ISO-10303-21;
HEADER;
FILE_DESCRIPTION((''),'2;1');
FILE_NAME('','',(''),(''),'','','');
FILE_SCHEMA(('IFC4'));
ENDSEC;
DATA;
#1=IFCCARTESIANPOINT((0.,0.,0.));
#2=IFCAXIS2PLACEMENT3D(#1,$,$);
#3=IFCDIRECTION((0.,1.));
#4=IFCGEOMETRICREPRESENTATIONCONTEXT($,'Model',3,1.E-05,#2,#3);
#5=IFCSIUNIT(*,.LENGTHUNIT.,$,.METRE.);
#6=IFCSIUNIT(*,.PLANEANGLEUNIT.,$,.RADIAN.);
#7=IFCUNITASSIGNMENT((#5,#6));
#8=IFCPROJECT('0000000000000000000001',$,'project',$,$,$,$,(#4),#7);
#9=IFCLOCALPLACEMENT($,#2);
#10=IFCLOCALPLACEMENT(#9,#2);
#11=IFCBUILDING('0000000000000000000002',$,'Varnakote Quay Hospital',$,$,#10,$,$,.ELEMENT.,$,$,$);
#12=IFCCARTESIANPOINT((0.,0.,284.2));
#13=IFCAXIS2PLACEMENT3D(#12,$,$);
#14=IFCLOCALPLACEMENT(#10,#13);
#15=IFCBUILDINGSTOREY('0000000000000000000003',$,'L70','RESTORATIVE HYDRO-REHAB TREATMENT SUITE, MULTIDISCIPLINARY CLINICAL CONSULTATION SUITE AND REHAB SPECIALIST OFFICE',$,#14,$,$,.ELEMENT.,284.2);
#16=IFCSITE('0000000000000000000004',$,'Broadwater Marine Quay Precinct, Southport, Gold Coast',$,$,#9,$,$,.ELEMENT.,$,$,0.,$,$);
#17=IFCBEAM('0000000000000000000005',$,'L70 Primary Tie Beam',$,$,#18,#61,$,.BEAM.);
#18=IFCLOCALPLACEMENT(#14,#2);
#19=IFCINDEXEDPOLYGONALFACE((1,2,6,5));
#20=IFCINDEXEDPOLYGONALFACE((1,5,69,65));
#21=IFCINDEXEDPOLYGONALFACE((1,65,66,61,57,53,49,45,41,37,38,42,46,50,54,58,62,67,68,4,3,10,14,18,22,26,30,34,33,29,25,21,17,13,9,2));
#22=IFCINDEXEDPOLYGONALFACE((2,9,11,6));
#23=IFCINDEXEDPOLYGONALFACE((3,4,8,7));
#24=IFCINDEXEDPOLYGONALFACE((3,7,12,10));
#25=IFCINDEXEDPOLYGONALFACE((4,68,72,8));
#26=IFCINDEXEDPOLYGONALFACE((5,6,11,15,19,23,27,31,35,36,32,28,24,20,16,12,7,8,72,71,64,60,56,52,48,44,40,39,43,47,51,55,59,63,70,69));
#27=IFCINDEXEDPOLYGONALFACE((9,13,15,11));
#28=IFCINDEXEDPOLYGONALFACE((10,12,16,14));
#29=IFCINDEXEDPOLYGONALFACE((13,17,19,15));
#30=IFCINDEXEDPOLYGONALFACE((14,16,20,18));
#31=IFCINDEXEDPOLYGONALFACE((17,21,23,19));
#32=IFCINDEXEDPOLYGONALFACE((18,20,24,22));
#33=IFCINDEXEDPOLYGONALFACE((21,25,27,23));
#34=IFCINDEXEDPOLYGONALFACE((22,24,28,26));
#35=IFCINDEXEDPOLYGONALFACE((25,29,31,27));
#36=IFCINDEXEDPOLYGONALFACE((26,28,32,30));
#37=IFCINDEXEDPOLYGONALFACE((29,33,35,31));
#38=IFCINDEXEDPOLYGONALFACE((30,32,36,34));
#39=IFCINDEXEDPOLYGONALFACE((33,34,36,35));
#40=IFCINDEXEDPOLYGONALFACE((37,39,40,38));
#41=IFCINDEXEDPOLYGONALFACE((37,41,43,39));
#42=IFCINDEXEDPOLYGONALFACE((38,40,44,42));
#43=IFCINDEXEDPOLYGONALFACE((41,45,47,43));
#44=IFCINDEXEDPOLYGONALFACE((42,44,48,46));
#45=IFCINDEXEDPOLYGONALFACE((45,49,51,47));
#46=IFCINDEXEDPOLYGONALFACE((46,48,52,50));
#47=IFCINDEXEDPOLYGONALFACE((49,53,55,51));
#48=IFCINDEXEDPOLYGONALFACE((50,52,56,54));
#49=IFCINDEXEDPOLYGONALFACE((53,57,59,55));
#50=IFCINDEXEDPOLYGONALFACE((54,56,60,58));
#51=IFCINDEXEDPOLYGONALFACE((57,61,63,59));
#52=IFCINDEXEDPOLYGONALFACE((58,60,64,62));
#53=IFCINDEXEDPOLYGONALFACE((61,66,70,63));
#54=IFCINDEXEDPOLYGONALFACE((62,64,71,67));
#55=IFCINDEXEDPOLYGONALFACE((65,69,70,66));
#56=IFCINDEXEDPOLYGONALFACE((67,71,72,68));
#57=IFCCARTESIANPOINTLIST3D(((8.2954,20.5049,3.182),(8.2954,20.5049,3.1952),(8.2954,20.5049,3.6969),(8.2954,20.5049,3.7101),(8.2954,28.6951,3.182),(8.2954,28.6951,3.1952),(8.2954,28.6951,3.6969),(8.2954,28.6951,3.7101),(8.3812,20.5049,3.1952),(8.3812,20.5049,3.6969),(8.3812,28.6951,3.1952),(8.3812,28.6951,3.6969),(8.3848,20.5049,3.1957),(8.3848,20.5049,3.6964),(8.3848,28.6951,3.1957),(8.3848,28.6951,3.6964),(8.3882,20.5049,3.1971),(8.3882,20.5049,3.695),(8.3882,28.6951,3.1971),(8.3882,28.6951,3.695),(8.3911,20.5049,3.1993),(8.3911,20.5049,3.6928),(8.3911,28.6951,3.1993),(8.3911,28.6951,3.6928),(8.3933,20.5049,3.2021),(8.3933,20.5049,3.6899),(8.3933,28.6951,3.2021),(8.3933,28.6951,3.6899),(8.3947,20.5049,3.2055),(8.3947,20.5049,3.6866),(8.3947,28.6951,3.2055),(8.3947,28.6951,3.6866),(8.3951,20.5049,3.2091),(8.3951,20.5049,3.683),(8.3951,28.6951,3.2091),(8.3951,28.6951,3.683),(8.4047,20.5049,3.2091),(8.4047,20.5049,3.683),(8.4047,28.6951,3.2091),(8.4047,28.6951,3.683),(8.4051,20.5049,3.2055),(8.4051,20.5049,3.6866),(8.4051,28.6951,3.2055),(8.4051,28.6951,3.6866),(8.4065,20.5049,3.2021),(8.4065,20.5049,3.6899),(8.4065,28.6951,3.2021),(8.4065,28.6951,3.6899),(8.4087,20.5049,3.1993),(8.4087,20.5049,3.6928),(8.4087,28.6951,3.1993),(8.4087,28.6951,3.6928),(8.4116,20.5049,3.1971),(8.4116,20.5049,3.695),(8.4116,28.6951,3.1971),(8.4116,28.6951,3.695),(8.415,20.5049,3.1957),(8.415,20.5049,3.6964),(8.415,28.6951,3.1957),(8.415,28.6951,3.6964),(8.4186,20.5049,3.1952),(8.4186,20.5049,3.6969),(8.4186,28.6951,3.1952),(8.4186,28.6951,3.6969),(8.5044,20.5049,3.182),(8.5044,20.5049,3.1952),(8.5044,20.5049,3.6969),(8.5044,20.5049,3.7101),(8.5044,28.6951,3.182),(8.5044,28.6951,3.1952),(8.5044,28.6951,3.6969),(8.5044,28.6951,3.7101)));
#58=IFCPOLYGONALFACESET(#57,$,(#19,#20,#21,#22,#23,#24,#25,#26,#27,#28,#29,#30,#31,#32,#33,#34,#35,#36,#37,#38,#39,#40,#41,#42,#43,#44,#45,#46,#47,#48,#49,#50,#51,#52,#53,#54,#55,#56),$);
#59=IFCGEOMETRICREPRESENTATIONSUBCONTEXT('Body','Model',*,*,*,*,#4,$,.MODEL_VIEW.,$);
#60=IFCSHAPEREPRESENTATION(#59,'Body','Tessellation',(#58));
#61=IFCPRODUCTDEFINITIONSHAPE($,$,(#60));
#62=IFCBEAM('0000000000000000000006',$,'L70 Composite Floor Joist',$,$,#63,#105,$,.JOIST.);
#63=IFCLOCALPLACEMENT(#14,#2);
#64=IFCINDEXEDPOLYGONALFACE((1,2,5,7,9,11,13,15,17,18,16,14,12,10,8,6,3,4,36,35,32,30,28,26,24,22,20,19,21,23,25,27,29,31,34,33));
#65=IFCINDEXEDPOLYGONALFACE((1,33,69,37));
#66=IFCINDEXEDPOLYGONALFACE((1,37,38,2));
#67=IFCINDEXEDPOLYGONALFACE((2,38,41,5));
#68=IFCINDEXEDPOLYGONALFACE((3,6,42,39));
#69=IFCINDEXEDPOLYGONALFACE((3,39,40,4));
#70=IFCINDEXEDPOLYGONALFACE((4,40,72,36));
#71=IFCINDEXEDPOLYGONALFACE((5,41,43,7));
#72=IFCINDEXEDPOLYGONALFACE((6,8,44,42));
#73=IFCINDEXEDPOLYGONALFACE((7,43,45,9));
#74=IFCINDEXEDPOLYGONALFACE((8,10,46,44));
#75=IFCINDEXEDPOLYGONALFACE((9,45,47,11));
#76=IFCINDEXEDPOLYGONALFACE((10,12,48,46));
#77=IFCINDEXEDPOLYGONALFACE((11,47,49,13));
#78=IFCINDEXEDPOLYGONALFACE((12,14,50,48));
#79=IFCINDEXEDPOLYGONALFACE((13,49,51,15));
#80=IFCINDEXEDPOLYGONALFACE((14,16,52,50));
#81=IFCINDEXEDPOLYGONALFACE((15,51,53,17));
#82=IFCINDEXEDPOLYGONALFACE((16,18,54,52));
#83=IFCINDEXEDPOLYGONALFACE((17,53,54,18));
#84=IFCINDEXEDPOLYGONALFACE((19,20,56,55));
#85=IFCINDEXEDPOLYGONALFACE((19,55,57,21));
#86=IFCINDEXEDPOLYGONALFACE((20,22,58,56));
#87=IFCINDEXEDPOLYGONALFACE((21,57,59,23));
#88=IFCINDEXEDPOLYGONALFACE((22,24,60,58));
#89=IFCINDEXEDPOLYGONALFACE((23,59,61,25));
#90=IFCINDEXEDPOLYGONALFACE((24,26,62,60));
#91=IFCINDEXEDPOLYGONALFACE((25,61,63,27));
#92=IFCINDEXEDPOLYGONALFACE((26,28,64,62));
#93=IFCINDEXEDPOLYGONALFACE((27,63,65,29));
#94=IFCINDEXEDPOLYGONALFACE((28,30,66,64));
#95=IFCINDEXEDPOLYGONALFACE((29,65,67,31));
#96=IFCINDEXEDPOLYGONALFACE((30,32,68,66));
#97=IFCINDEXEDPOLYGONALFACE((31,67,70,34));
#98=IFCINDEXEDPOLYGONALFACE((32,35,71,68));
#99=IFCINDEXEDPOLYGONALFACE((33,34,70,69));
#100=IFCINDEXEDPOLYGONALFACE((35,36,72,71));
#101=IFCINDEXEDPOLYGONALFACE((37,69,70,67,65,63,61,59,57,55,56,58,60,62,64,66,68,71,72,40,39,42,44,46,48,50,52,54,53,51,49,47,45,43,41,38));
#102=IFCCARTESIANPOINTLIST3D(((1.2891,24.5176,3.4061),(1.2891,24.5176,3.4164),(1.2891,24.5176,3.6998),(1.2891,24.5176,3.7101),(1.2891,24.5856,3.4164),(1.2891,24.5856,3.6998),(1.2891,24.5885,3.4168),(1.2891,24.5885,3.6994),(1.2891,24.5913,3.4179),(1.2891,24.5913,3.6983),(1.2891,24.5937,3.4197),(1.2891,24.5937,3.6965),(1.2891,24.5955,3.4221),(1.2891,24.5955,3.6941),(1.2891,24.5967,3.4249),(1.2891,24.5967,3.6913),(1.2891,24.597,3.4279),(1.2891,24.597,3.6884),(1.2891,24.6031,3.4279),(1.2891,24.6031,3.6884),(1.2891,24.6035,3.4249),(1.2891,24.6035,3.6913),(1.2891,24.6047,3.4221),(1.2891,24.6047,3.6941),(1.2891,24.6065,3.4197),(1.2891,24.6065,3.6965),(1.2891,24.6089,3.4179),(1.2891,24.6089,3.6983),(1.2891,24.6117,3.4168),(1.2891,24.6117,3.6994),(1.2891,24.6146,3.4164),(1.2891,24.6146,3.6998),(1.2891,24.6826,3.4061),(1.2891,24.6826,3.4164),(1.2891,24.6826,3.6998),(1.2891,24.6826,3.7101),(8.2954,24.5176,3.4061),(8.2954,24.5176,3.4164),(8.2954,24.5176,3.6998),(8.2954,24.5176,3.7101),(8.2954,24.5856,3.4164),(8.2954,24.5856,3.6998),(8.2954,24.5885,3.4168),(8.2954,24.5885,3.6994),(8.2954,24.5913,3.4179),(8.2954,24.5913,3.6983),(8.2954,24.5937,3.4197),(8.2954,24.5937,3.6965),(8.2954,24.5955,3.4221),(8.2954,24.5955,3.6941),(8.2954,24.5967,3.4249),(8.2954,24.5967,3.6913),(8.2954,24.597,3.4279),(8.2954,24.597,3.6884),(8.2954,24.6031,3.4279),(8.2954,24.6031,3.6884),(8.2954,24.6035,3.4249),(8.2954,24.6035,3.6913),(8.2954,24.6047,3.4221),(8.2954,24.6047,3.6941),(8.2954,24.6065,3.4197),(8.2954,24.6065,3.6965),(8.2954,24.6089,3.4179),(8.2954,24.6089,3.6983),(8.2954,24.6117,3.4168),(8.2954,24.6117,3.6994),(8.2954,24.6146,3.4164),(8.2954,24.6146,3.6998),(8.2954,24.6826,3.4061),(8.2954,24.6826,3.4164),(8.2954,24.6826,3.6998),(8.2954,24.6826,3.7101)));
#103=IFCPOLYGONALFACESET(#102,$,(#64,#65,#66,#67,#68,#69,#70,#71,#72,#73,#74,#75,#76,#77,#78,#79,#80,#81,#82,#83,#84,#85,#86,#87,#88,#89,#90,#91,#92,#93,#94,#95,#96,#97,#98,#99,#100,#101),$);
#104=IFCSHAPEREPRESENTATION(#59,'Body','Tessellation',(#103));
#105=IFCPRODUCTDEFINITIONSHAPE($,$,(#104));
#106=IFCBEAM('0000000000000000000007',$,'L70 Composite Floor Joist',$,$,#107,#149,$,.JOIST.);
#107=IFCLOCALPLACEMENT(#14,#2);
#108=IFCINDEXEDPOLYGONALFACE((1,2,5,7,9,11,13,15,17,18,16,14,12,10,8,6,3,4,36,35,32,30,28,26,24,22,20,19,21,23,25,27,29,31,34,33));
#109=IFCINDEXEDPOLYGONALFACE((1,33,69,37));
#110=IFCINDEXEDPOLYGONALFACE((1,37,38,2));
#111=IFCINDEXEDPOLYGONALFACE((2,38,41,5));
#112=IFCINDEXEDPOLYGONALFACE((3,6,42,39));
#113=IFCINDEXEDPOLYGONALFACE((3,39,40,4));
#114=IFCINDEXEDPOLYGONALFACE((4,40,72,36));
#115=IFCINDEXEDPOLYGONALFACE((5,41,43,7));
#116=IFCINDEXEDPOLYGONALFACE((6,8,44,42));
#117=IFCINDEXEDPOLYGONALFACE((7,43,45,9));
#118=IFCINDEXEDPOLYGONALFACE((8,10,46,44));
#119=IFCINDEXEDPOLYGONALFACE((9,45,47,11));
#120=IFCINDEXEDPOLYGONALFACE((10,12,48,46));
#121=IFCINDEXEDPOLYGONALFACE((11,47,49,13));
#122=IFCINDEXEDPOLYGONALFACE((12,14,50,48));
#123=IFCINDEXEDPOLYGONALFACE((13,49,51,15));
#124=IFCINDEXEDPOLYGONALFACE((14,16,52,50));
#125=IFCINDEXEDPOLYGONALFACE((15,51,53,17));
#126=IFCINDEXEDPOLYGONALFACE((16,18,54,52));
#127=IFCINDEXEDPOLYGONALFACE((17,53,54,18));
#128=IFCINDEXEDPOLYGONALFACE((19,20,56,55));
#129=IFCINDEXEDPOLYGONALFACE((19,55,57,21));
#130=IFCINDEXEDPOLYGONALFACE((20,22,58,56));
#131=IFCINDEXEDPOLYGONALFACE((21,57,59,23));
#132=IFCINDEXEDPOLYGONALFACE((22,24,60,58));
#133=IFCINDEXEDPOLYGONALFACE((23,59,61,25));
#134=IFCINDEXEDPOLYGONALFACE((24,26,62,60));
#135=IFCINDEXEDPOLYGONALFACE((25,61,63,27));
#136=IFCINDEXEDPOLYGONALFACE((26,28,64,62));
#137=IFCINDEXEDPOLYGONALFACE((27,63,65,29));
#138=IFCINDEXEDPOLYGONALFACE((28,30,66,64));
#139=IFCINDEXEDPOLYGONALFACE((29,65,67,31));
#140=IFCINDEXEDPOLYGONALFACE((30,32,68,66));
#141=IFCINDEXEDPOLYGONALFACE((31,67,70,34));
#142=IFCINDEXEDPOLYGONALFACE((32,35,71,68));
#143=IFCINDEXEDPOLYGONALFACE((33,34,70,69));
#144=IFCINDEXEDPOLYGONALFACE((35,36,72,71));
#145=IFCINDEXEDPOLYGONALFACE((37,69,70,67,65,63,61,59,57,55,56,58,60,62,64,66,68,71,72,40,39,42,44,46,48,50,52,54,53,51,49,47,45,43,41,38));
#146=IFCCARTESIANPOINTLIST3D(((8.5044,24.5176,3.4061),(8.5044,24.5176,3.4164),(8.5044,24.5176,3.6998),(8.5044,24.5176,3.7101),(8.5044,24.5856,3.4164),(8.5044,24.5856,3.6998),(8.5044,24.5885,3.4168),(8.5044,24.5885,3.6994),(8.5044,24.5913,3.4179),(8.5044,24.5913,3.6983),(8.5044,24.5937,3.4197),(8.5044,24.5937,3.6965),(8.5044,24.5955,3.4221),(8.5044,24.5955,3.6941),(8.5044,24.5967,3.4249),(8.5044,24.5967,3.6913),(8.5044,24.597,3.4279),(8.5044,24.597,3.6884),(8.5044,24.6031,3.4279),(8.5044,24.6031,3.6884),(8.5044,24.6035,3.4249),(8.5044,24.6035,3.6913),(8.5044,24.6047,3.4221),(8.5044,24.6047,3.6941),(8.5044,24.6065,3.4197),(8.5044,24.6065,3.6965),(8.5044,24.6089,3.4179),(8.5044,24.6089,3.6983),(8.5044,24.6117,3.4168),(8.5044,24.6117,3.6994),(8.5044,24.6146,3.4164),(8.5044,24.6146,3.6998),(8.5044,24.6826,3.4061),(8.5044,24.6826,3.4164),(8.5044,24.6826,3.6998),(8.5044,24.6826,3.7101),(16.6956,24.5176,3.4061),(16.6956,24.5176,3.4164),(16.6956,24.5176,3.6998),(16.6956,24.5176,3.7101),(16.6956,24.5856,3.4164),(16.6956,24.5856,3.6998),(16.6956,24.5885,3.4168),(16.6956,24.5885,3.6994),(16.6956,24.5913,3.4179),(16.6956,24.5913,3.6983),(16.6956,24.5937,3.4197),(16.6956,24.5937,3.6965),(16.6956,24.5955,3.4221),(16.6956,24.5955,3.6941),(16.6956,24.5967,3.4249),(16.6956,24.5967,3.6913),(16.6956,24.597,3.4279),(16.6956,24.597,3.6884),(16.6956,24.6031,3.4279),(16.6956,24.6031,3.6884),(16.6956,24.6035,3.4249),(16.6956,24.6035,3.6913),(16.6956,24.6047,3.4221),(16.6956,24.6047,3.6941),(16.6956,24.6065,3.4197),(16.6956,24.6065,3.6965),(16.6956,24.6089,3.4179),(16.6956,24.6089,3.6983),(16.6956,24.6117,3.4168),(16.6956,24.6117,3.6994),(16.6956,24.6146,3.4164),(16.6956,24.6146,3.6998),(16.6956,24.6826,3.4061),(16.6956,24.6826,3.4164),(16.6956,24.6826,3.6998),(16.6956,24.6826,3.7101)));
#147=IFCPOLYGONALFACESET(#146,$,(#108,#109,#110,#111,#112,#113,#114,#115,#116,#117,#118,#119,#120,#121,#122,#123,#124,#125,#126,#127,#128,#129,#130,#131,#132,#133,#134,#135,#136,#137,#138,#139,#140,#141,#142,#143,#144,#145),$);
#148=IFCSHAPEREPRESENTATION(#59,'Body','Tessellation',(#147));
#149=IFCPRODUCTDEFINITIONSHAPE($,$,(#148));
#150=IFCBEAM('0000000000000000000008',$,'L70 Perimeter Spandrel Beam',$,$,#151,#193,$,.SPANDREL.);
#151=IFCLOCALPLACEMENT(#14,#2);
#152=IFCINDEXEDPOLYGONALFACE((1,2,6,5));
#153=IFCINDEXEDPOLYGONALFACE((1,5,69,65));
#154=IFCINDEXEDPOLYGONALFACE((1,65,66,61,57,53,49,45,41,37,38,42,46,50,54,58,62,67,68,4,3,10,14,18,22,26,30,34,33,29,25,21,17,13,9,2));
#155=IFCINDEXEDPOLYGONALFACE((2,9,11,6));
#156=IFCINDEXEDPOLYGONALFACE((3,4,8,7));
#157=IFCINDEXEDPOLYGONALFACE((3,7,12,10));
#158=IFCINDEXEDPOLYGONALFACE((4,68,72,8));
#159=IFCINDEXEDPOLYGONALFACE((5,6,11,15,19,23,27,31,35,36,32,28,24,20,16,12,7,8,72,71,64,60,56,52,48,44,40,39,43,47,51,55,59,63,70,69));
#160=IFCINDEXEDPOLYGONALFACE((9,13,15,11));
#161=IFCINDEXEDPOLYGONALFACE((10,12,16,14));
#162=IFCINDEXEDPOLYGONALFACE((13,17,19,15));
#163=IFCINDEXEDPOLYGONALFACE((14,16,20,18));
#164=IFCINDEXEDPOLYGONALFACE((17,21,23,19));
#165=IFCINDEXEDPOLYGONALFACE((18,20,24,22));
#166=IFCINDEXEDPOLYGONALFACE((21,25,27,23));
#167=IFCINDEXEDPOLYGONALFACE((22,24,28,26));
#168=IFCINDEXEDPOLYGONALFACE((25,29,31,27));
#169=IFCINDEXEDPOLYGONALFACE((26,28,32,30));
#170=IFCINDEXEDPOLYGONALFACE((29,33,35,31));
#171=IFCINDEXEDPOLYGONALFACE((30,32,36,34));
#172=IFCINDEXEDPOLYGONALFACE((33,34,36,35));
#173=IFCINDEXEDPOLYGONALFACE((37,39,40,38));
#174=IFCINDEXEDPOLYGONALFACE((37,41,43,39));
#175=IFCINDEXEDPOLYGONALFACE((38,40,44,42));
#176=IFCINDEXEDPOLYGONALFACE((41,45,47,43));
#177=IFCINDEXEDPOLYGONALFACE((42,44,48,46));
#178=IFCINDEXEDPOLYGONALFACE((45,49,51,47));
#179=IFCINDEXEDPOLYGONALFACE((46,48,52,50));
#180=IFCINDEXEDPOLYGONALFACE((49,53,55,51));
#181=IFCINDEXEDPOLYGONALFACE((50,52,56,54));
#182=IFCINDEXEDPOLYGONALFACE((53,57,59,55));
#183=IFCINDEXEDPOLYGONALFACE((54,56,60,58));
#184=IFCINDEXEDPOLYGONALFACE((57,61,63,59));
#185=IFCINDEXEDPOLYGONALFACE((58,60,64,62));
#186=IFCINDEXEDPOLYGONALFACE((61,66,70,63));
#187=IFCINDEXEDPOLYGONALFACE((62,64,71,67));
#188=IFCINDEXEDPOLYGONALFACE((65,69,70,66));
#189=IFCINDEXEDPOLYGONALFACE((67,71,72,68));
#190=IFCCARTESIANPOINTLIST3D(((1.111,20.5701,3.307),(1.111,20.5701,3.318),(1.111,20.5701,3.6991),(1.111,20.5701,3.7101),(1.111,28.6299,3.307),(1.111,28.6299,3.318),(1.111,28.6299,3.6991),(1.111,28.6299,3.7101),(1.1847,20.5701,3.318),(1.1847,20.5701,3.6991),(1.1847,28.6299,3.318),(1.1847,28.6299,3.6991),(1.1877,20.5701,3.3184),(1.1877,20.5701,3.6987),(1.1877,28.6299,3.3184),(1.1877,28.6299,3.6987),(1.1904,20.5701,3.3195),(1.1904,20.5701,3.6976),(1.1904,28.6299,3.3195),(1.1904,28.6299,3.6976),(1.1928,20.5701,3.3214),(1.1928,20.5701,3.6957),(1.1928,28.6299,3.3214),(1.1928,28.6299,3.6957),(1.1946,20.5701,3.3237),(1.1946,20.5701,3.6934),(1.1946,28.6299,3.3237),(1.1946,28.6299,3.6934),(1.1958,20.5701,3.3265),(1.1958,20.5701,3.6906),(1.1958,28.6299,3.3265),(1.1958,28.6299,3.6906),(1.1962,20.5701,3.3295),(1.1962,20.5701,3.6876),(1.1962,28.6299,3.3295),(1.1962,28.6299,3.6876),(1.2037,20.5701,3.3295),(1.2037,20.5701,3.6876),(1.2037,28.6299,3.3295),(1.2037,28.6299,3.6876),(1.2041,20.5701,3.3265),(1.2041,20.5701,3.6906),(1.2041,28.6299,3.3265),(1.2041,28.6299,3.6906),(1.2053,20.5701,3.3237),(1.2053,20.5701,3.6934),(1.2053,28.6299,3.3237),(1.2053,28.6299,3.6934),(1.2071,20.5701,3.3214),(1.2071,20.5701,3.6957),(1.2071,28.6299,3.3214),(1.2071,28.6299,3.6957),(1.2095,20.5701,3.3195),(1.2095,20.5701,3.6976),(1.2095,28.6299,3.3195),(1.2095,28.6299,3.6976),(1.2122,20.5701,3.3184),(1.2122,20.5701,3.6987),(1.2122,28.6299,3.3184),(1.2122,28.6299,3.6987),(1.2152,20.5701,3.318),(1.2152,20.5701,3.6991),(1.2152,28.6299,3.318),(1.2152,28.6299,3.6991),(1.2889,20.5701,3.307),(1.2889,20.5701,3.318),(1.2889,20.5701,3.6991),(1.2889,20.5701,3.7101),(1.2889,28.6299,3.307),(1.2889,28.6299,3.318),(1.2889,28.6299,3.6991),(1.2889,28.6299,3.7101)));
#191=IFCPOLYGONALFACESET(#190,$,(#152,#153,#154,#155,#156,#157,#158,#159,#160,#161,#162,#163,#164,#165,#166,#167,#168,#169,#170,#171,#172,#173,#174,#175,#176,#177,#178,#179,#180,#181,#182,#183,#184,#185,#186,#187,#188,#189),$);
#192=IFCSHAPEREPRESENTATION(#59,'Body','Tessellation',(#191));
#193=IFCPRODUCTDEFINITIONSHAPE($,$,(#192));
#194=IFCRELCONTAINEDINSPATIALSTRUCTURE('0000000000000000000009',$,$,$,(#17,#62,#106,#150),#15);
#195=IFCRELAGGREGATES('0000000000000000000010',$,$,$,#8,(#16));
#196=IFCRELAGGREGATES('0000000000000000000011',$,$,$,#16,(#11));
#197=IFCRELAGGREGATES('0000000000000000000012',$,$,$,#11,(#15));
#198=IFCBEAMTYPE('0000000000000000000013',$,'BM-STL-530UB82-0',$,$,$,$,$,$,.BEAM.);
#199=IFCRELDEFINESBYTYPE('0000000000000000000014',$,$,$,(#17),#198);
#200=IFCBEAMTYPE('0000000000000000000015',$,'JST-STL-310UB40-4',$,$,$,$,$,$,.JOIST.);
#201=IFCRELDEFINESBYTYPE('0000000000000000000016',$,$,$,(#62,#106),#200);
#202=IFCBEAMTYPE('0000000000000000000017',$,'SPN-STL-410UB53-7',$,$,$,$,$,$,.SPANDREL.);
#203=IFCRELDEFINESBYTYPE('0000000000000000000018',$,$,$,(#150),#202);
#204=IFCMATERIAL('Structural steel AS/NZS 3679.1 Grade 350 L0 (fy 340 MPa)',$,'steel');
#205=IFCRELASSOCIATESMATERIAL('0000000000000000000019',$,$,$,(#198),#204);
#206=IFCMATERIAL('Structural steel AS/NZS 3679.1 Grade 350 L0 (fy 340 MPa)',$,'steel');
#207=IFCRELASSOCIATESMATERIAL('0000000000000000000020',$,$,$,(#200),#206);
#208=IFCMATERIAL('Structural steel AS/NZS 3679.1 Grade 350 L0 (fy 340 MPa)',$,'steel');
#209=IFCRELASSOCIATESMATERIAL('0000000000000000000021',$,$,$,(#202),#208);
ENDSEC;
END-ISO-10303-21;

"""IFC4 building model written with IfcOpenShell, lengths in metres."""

from ifc_helpers import new_model, si_unit, direction, frame, origin, origin_2d, place, context, subcontext, project, spatial, i_section, extrude, material, material_profile, profile_set, type_object, element, save


model = new_model("IFC4")

# Units and contexts
model_context = context("Model", 3, precision=1e-05, world=origin(), true_north=direction((0.0, 1.0)))
body_context = subcontext(model_context, "Body", "Model", "MODEL_VIEW")
ifc_project = project(units=[si_unit("LENGTHUNIT", "METRE"), si_unit("PLANEANGLEUNIT", "RADIAN")], contexts=[model_context])

# Site, building, storey
site_placement = place(None, origin())
site = spatial("IfcSite", under=ifc_project, at=site_placement, Name="Broadwater Marine Quay Precinct, Southport, Gold Coast", CompositionType="ELEMENT", RefElevation=0.0)
building_placement = place(site_placement, origin())
building = spatial("IfcBuilding", under=site, at=building_placement, Name="Varnakote Quay Hospital", CompositionType="ELEMENT")
storey_placement = place(building_placement, frame((0.0, 0.0, 284.2)))
storey = spatial("IfcBuildingStorey", under=building, at=storey_placement, Name="L70", Description="RESTORATIVE HYDRO-REHAB TREATMENT SUITE, MULTIDISCIPLINARY CLINICAL CONSULTATION SUITE AND REHAB SPECIALIST OFFICE", CompositionType="ELEMENT", Elevation=284.2)

# Beams
ifc_material_1 = material(Name="Structural steel AS/NZS 3679.1 Grade 350 L0 (fy 340 MPa)", Category="steel")
ifc_material_profile_1 = material_profile(ifc_material_1, i_section(OverallWidth=0.209, OverallDepth=0.5281, WebThickness=0.0095, FlangeThickness=0.0132, FilletRadius=0.0139, at=origin_2d()), Name="530UB82.0")
ifc_profile_set_1 = profile_set([ifc_material_profile_1], Name="Structural steel AS/NZS 3679.1 Grade 350 L0 (fy 340 MPa)")
beam_type_1 = type_object("IfcBeamType", Name="BM-STL-530UB82-0", PredefinedType="BEAM", material=ifc_profile_set_1)
beam_1_placement = place(storey_placement, frame((8.3999, 20.5049, 3.446), z_axis=(0.0, 1.0, 0.0), x_axis=(-1.0, 0.0, 0.0)))
element("IfcBeam", 1, at=beam_1_placement, inside=storey, type_object=beam_type_1, Name="L70 Primary Tie Beam", PredefinedType="BEAM", context=body_context, shape_type="SweptSolid", body=[
    extrude(i_section(OverallWidth=0.209, OverallDepth=0.5281, WebThickness=0.0095, FlangeThickness=0.0132, FilletRadius=0.0139, at=origin_2d()), origin(), (0.0, 0.0, 1.0), 8.1902),
])
ifc_material_2 = material(Name="Structural steel AS/NZS 3679.1 Grade 350 L0 (fy 340 MPa)", Category="steel")
ifc_material_profile_2 = material_profile(ifc_material_2, i_section(OverallWidth=0.165, OverallDepth=0.304, WebThickness=0.0061, FlangeThickness=0.0103, FilletRadius=0.0115, at=origin_2d()), Name="310UB40.4")
ifc_profile_set_2 = profile_set([ifc_material_profile_2], Name="Structural steel AS/NZS 3679.1 Grade 350 L0 (fy 340 MPa)")
beam_type_2 = type_object("IfcBeamType", Name="JST-STL-310UB40-4", PredefinedType="JOIST", material=ifc_profile_set_2)
beam_2_placement = place(storey_placement, frame((1.2891, 24.6001, 3.5581), z_axis=(1.0, 0.0, 0.0), x_axis=(0.0, 1.0, 0.0)))
element("IfcBeam", 2, at=beam_2_placement, inside=storey, type_object=beam_type_2, Name="L70 Composite Floor Joist", PredefinedType="JOIST", context=body_context, shape_type="SweptSolid", body=[
    extrude(i_section(OverallWidth=0.165, OverallDepth=0.304, WebThickness=0.0061, FlangeThickness=0.0103, FilletRadius=0.0115, at=origin_2d()), origin(), (0.0, 0.0, 1.0), 7.0063),
])
beam_3_placement = place(storey_placement, frame((8.5044, 24.6001, 3.5581), z_axis=(1.0, 0.0, 0.0), x_axis=(0.0, 1.0, 0.0)))
element("IfcBeam", 3, at=beam_3_placement, inside=storey, type_object=beam_type_2, Name="L70 Composite Floor Joist", PredefinedType="JOIST", context=body_context, shape_type="SweptSolid", body=[
    extrude(i_section(OverallWidth=0.165, OverallDepth=0.304, WebThickness=0.0061, FlangeThickness=0.0103, FilletRadius=0.0115, at=origin_2d()), origin(), (0.0, 0.0, 1.0), 8.1912),
])
ifc_material_3 = material(Name="Structural steel AS/NZS 3679.1 Grade 350 L0 (fy 340 MPa)", Category="steel")
ifc_material_profile_3 = material_profile(ifc_material_3, i_section(OverallWidth=0.178, OverallDepth=0.4031, WebThickness=0.0076, FlangeThickness=0.011, FilletRadius=0.0115, at=origin_2d()), Name="410UB53.7")
ifc_profile_set_3 = profile_set([ifc_material_profile_3], Name="Structural steel AS/NZS 3679.1 Grade 350 L0 (fy 340 MPa)")
beam_type_3 = type_object("IfcBeamType", Name="SPN-STL-410UB53-7", PredefinedType="SPANDREL", material=ifc_profile_set_3)
beam_4_placement = place(storey_placement, frame((1.2, 20.5701, 3.5085), z_axis=(0.0, 1.0, 0.0), x_axis=(-1.0, 0.0, 0.0)))
element("IfcBeam", 4, at=beam_4_placement, inside=storey, type_object=beam_type_3, Name="L70 Perimeter Spandrel Beam", PredefinedType="SPANDREL", context=body_context, shape_type="SweptSolid", body=[
    extrude(i_section(OverallWidth=0.178, OverallDepth=0.4031, WebThickness=0.0076, FlangeThickness=0.011, FilletRadius=0.0115, at=origin_2d()), origin(), (0.0, 0.0, 1.0), 8.0598),
])

save(model, "model.ifc")
